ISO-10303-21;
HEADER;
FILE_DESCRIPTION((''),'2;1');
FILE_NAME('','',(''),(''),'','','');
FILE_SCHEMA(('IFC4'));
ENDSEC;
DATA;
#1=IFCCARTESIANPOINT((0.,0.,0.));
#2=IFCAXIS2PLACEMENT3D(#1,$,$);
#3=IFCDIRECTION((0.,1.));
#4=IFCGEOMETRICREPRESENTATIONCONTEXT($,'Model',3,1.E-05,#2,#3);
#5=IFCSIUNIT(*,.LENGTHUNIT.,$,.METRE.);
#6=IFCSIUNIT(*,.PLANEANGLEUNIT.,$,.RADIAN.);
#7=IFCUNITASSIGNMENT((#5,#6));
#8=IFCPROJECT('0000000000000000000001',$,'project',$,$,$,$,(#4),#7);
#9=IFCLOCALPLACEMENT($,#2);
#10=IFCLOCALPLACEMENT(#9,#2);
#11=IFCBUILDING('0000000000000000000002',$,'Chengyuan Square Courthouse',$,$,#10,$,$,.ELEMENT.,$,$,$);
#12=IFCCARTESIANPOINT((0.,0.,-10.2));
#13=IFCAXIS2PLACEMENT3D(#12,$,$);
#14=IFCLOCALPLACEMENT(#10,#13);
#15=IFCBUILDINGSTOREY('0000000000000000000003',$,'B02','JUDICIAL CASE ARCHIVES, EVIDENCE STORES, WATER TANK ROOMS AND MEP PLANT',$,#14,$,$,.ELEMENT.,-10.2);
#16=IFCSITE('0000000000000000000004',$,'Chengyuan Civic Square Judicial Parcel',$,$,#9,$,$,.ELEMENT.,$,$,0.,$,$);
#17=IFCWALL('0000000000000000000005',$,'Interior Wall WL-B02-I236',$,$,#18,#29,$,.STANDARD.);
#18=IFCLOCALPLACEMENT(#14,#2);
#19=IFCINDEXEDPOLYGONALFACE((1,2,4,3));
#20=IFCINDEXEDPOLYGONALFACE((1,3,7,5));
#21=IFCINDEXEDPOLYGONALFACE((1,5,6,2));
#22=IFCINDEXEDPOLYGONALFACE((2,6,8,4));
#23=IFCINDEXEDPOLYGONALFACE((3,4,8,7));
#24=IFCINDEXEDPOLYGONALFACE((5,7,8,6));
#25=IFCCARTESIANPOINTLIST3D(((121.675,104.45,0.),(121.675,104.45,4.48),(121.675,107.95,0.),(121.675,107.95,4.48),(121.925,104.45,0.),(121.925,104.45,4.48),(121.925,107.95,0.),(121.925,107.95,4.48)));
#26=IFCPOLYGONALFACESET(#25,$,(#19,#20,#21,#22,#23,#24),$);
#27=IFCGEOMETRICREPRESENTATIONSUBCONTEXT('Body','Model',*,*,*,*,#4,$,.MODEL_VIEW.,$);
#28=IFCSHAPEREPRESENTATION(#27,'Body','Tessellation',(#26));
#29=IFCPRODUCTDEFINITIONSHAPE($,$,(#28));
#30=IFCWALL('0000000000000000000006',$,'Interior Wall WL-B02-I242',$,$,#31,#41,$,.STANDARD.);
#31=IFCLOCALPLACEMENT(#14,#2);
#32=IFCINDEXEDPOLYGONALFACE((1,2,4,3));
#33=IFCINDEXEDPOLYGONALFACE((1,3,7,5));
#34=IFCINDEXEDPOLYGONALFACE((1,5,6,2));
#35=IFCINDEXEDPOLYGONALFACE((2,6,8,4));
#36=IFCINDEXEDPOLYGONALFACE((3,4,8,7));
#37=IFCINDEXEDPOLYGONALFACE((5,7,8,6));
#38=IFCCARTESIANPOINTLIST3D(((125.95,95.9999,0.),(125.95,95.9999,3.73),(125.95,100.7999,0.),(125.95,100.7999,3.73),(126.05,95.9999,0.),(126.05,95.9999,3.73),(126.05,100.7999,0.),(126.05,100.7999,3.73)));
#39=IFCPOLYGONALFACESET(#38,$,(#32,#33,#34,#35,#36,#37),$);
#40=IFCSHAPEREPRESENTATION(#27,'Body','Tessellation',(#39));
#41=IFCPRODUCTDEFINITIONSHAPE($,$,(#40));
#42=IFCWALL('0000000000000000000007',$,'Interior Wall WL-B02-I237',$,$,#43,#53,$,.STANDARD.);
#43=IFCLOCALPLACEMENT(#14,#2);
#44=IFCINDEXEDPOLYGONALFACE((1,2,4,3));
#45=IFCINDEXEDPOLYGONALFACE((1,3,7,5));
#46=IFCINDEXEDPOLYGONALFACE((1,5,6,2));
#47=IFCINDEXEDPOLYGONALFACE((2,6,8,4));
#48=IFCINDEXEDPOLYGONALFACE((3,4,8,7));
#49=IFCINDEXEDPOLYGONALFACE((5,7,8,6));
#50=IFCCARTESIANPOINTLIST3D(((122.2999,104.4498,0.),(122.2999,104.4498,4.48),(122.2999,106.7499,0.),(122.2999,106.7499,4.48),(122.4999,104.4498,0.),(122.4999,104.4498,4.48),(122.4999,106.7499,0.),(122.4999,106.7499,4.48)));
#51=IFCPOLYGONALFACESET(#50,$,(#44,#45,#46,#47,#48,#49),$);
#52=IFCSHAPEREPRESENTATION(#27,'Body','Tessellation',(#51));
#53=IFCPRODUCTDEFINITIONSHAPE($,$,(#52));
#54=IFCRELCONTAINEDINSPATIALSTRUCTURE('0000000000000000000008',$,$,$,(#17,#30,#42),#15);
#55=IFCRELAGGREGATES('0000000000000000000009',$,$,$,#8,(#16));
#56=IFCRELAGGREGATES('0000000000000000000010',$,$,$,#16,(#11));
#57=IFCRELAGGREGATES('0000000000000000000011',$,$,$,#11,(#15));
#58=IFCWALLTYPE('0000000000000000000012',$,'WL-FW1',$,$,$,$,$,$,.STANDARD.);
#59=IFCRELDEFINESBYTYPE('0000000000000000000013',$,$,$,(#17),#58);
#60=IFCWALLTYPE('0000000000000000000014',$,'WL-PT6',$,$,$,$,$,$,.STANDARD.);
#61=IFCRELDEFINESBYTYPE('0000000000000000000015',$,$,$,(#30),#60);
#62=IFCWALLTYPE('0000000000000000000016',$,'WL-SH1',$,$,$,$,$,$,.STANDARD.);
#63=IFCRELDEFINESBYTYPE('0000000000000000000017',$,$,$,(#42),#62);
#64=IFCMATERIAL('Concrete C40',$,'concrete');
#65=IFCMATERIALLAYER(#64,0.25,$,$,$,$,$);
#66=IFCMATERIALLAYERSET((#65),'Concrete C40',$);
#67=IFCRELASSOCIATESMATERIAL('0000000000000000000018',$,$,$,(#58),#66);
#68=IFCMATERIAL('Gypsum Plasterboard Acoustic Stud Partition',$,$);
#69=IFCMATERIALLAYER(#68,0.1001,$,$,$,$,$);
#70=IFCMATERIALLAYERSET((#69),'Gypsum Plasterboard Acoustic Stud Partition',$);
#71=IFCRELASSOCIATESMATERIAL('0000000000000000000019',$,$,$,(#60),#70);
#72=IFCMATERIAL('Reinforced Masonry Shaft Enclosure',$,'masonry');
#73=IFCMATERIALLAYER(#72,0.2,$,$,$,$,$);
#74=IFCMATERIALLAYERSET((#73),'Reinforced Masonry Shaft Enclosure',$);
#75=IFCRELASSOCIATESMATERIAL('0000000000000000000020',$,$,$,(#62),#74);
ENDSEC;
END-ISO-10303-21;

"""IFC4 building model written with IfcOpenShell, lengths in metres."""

from ifc_helpers import new_model, si_unit, direction, frame, frame_2d, origin, place, context, subcontext, project, spatial, rectangle, extrude, material, layer, layer_set, type_object, element, save


model = new_model("IFC4")

# Units and contexts
model_context = context("Model", 3, precision=1e-05, world=origin(), true_north=direction((0.0, 1.0)))
body_context = subcontext(model_context, "Body", "Model", "MODEL_VIEW")
ifc_project = project(units=[si_unit("LENGTHUNIT", "METRE"), si_unit("PLANEANGLEUNIT", "RADIAN")], contexts=[model_context])

# Site, building, storey
site_placement = place(None, origin())
site = spatial("IfcSite", under=ifc_project, at=site_placement, Name="Chengyuan Civic Square Judicial Parcel", CompositionType="ELEMENT", RefElevation=0.0)
building_placement = place(site_placement, origin())
building = spatial("IfcBuilding", under=site, at=building_placement, Name="Chengyuan Square Courthouse", CompositionType="ELEMENT")
storey_placement = place(building_placement, frame((0.0, 0.0, -10.2)))
storey = spatial("IfcBuildingStorey", under=building, at=storey_placement, Name="B02", Description="JUDICIAL CASE ARCHIVES, EVIDENCE STORES, WATER TANK ROOMS AND MEP PLANT", CompositionType="ELEMENT", Elevation=-10.2)

# Shared definitions
ifc_material_1 = material(Name="Concrete C40", Category="concrete")

# Shared definitions
ifc_layer_1 = layer(ifc_material_1, 0.25)
ifc_layer_set_1 = layer_set([ifc_layer_1], Name="Concrete C40")
wall_type_1 = type_object("IfcWallType", Name="WL-FW1", PredefinedType="STANDARD", material=ifc_layer_set_1)

# Walls
wall_1_placement = place(storey_placement, frame((121.8, 104.45, 0.0), z_axis=(0.0, 0.0, 1.0), x_axis=(0.0, 1.0, 0.0)))
element("IfcWall", 1, at=wall_1_placement, inside=storey, type_object=wall_type_1, Name="Interior Wall WL-B02-I236", PredefinedType="STANDARD", context=body_context, shape_type="SweptSolid", body=[
    extrude(rectangle(XDim=3.5, YDim=0.25, at=frame_2d((1.75, 0.0))), origin(), (0.0, 0.0, 1.0), 4.48),
])
ifc_material_2 = material(Name="Gypsum Plasterboard Acoustic Stud Partition")
ifc_layer_2 = layer(ifc_material_2, 0.1001)
ifc_layer_set_2 = layer_set([ifc_layer_2], Name="Gypsum Plasterboard Acoustic Stud Partition")
wall_type_2 = type_object("IfcWallType", Name="WL-PT6", PredefinedType="STANDARD", material=ifc_layer_set_2)
wall_2_placement = place(storey_placement, frame((126.0, 96.0, 0.0), z_axis=(0.0, 0.0, 1.0), x_axis=(0.0, 1.0, 0.0)))
element("IfcWall", 2, at=wall_2_placement, inside=storey, type_object=wall_type_2, Name="Interior Wall WL-B02-I242", PredefinedType="STANDARD", context=body_context, shape_type="SweptSolid", body=[
    extrude(rectangle(XDim=4.8, YDim=0.1001, at=frame_2d((2.3999, 0.0))), origin(), (0.0, 0.0, 1.0), 3.73),
])

# Shared definitions
ifc_material_3 = material(Name="Reinforced Masonry Shaft Enclosure", Category="masonry")
ifc_layer_3 = layer(ifc_material_3, 0.2)
ifc_layer_set_3 = layer_set([ifc_layer_3], Name="Reinforced Masonry Shaft Enclosure")
wall_type_3 = type_object("IfcWallType", Name="WL-SH1", PredefinedType="STANDARD", material=ifc_layer_set_3)

# Wall
wall_3_placement = place(storey_placement, frame((122.3999, 104.45, 0.0), z_axis=(0.0, 0.0, 1.0), x_axis=(0.0, 1.0, 0.0)))
element("IfcWall", 3, at=wall_3_placement, inside=storey, type_object=wall_type_3, Name="Interior Wall WL-B02-I237", PredefinedType="STANDARD", context=body_context, shape_type="SweptSolid", body=[
    extrude(rectangle(XDim=2.3, YDim=0.2, at=frame_2d((1.1499, 0.0))), origin(), (0.0, 0.0, 1.0), 4.48),
])

save(model, "model.ifc")
